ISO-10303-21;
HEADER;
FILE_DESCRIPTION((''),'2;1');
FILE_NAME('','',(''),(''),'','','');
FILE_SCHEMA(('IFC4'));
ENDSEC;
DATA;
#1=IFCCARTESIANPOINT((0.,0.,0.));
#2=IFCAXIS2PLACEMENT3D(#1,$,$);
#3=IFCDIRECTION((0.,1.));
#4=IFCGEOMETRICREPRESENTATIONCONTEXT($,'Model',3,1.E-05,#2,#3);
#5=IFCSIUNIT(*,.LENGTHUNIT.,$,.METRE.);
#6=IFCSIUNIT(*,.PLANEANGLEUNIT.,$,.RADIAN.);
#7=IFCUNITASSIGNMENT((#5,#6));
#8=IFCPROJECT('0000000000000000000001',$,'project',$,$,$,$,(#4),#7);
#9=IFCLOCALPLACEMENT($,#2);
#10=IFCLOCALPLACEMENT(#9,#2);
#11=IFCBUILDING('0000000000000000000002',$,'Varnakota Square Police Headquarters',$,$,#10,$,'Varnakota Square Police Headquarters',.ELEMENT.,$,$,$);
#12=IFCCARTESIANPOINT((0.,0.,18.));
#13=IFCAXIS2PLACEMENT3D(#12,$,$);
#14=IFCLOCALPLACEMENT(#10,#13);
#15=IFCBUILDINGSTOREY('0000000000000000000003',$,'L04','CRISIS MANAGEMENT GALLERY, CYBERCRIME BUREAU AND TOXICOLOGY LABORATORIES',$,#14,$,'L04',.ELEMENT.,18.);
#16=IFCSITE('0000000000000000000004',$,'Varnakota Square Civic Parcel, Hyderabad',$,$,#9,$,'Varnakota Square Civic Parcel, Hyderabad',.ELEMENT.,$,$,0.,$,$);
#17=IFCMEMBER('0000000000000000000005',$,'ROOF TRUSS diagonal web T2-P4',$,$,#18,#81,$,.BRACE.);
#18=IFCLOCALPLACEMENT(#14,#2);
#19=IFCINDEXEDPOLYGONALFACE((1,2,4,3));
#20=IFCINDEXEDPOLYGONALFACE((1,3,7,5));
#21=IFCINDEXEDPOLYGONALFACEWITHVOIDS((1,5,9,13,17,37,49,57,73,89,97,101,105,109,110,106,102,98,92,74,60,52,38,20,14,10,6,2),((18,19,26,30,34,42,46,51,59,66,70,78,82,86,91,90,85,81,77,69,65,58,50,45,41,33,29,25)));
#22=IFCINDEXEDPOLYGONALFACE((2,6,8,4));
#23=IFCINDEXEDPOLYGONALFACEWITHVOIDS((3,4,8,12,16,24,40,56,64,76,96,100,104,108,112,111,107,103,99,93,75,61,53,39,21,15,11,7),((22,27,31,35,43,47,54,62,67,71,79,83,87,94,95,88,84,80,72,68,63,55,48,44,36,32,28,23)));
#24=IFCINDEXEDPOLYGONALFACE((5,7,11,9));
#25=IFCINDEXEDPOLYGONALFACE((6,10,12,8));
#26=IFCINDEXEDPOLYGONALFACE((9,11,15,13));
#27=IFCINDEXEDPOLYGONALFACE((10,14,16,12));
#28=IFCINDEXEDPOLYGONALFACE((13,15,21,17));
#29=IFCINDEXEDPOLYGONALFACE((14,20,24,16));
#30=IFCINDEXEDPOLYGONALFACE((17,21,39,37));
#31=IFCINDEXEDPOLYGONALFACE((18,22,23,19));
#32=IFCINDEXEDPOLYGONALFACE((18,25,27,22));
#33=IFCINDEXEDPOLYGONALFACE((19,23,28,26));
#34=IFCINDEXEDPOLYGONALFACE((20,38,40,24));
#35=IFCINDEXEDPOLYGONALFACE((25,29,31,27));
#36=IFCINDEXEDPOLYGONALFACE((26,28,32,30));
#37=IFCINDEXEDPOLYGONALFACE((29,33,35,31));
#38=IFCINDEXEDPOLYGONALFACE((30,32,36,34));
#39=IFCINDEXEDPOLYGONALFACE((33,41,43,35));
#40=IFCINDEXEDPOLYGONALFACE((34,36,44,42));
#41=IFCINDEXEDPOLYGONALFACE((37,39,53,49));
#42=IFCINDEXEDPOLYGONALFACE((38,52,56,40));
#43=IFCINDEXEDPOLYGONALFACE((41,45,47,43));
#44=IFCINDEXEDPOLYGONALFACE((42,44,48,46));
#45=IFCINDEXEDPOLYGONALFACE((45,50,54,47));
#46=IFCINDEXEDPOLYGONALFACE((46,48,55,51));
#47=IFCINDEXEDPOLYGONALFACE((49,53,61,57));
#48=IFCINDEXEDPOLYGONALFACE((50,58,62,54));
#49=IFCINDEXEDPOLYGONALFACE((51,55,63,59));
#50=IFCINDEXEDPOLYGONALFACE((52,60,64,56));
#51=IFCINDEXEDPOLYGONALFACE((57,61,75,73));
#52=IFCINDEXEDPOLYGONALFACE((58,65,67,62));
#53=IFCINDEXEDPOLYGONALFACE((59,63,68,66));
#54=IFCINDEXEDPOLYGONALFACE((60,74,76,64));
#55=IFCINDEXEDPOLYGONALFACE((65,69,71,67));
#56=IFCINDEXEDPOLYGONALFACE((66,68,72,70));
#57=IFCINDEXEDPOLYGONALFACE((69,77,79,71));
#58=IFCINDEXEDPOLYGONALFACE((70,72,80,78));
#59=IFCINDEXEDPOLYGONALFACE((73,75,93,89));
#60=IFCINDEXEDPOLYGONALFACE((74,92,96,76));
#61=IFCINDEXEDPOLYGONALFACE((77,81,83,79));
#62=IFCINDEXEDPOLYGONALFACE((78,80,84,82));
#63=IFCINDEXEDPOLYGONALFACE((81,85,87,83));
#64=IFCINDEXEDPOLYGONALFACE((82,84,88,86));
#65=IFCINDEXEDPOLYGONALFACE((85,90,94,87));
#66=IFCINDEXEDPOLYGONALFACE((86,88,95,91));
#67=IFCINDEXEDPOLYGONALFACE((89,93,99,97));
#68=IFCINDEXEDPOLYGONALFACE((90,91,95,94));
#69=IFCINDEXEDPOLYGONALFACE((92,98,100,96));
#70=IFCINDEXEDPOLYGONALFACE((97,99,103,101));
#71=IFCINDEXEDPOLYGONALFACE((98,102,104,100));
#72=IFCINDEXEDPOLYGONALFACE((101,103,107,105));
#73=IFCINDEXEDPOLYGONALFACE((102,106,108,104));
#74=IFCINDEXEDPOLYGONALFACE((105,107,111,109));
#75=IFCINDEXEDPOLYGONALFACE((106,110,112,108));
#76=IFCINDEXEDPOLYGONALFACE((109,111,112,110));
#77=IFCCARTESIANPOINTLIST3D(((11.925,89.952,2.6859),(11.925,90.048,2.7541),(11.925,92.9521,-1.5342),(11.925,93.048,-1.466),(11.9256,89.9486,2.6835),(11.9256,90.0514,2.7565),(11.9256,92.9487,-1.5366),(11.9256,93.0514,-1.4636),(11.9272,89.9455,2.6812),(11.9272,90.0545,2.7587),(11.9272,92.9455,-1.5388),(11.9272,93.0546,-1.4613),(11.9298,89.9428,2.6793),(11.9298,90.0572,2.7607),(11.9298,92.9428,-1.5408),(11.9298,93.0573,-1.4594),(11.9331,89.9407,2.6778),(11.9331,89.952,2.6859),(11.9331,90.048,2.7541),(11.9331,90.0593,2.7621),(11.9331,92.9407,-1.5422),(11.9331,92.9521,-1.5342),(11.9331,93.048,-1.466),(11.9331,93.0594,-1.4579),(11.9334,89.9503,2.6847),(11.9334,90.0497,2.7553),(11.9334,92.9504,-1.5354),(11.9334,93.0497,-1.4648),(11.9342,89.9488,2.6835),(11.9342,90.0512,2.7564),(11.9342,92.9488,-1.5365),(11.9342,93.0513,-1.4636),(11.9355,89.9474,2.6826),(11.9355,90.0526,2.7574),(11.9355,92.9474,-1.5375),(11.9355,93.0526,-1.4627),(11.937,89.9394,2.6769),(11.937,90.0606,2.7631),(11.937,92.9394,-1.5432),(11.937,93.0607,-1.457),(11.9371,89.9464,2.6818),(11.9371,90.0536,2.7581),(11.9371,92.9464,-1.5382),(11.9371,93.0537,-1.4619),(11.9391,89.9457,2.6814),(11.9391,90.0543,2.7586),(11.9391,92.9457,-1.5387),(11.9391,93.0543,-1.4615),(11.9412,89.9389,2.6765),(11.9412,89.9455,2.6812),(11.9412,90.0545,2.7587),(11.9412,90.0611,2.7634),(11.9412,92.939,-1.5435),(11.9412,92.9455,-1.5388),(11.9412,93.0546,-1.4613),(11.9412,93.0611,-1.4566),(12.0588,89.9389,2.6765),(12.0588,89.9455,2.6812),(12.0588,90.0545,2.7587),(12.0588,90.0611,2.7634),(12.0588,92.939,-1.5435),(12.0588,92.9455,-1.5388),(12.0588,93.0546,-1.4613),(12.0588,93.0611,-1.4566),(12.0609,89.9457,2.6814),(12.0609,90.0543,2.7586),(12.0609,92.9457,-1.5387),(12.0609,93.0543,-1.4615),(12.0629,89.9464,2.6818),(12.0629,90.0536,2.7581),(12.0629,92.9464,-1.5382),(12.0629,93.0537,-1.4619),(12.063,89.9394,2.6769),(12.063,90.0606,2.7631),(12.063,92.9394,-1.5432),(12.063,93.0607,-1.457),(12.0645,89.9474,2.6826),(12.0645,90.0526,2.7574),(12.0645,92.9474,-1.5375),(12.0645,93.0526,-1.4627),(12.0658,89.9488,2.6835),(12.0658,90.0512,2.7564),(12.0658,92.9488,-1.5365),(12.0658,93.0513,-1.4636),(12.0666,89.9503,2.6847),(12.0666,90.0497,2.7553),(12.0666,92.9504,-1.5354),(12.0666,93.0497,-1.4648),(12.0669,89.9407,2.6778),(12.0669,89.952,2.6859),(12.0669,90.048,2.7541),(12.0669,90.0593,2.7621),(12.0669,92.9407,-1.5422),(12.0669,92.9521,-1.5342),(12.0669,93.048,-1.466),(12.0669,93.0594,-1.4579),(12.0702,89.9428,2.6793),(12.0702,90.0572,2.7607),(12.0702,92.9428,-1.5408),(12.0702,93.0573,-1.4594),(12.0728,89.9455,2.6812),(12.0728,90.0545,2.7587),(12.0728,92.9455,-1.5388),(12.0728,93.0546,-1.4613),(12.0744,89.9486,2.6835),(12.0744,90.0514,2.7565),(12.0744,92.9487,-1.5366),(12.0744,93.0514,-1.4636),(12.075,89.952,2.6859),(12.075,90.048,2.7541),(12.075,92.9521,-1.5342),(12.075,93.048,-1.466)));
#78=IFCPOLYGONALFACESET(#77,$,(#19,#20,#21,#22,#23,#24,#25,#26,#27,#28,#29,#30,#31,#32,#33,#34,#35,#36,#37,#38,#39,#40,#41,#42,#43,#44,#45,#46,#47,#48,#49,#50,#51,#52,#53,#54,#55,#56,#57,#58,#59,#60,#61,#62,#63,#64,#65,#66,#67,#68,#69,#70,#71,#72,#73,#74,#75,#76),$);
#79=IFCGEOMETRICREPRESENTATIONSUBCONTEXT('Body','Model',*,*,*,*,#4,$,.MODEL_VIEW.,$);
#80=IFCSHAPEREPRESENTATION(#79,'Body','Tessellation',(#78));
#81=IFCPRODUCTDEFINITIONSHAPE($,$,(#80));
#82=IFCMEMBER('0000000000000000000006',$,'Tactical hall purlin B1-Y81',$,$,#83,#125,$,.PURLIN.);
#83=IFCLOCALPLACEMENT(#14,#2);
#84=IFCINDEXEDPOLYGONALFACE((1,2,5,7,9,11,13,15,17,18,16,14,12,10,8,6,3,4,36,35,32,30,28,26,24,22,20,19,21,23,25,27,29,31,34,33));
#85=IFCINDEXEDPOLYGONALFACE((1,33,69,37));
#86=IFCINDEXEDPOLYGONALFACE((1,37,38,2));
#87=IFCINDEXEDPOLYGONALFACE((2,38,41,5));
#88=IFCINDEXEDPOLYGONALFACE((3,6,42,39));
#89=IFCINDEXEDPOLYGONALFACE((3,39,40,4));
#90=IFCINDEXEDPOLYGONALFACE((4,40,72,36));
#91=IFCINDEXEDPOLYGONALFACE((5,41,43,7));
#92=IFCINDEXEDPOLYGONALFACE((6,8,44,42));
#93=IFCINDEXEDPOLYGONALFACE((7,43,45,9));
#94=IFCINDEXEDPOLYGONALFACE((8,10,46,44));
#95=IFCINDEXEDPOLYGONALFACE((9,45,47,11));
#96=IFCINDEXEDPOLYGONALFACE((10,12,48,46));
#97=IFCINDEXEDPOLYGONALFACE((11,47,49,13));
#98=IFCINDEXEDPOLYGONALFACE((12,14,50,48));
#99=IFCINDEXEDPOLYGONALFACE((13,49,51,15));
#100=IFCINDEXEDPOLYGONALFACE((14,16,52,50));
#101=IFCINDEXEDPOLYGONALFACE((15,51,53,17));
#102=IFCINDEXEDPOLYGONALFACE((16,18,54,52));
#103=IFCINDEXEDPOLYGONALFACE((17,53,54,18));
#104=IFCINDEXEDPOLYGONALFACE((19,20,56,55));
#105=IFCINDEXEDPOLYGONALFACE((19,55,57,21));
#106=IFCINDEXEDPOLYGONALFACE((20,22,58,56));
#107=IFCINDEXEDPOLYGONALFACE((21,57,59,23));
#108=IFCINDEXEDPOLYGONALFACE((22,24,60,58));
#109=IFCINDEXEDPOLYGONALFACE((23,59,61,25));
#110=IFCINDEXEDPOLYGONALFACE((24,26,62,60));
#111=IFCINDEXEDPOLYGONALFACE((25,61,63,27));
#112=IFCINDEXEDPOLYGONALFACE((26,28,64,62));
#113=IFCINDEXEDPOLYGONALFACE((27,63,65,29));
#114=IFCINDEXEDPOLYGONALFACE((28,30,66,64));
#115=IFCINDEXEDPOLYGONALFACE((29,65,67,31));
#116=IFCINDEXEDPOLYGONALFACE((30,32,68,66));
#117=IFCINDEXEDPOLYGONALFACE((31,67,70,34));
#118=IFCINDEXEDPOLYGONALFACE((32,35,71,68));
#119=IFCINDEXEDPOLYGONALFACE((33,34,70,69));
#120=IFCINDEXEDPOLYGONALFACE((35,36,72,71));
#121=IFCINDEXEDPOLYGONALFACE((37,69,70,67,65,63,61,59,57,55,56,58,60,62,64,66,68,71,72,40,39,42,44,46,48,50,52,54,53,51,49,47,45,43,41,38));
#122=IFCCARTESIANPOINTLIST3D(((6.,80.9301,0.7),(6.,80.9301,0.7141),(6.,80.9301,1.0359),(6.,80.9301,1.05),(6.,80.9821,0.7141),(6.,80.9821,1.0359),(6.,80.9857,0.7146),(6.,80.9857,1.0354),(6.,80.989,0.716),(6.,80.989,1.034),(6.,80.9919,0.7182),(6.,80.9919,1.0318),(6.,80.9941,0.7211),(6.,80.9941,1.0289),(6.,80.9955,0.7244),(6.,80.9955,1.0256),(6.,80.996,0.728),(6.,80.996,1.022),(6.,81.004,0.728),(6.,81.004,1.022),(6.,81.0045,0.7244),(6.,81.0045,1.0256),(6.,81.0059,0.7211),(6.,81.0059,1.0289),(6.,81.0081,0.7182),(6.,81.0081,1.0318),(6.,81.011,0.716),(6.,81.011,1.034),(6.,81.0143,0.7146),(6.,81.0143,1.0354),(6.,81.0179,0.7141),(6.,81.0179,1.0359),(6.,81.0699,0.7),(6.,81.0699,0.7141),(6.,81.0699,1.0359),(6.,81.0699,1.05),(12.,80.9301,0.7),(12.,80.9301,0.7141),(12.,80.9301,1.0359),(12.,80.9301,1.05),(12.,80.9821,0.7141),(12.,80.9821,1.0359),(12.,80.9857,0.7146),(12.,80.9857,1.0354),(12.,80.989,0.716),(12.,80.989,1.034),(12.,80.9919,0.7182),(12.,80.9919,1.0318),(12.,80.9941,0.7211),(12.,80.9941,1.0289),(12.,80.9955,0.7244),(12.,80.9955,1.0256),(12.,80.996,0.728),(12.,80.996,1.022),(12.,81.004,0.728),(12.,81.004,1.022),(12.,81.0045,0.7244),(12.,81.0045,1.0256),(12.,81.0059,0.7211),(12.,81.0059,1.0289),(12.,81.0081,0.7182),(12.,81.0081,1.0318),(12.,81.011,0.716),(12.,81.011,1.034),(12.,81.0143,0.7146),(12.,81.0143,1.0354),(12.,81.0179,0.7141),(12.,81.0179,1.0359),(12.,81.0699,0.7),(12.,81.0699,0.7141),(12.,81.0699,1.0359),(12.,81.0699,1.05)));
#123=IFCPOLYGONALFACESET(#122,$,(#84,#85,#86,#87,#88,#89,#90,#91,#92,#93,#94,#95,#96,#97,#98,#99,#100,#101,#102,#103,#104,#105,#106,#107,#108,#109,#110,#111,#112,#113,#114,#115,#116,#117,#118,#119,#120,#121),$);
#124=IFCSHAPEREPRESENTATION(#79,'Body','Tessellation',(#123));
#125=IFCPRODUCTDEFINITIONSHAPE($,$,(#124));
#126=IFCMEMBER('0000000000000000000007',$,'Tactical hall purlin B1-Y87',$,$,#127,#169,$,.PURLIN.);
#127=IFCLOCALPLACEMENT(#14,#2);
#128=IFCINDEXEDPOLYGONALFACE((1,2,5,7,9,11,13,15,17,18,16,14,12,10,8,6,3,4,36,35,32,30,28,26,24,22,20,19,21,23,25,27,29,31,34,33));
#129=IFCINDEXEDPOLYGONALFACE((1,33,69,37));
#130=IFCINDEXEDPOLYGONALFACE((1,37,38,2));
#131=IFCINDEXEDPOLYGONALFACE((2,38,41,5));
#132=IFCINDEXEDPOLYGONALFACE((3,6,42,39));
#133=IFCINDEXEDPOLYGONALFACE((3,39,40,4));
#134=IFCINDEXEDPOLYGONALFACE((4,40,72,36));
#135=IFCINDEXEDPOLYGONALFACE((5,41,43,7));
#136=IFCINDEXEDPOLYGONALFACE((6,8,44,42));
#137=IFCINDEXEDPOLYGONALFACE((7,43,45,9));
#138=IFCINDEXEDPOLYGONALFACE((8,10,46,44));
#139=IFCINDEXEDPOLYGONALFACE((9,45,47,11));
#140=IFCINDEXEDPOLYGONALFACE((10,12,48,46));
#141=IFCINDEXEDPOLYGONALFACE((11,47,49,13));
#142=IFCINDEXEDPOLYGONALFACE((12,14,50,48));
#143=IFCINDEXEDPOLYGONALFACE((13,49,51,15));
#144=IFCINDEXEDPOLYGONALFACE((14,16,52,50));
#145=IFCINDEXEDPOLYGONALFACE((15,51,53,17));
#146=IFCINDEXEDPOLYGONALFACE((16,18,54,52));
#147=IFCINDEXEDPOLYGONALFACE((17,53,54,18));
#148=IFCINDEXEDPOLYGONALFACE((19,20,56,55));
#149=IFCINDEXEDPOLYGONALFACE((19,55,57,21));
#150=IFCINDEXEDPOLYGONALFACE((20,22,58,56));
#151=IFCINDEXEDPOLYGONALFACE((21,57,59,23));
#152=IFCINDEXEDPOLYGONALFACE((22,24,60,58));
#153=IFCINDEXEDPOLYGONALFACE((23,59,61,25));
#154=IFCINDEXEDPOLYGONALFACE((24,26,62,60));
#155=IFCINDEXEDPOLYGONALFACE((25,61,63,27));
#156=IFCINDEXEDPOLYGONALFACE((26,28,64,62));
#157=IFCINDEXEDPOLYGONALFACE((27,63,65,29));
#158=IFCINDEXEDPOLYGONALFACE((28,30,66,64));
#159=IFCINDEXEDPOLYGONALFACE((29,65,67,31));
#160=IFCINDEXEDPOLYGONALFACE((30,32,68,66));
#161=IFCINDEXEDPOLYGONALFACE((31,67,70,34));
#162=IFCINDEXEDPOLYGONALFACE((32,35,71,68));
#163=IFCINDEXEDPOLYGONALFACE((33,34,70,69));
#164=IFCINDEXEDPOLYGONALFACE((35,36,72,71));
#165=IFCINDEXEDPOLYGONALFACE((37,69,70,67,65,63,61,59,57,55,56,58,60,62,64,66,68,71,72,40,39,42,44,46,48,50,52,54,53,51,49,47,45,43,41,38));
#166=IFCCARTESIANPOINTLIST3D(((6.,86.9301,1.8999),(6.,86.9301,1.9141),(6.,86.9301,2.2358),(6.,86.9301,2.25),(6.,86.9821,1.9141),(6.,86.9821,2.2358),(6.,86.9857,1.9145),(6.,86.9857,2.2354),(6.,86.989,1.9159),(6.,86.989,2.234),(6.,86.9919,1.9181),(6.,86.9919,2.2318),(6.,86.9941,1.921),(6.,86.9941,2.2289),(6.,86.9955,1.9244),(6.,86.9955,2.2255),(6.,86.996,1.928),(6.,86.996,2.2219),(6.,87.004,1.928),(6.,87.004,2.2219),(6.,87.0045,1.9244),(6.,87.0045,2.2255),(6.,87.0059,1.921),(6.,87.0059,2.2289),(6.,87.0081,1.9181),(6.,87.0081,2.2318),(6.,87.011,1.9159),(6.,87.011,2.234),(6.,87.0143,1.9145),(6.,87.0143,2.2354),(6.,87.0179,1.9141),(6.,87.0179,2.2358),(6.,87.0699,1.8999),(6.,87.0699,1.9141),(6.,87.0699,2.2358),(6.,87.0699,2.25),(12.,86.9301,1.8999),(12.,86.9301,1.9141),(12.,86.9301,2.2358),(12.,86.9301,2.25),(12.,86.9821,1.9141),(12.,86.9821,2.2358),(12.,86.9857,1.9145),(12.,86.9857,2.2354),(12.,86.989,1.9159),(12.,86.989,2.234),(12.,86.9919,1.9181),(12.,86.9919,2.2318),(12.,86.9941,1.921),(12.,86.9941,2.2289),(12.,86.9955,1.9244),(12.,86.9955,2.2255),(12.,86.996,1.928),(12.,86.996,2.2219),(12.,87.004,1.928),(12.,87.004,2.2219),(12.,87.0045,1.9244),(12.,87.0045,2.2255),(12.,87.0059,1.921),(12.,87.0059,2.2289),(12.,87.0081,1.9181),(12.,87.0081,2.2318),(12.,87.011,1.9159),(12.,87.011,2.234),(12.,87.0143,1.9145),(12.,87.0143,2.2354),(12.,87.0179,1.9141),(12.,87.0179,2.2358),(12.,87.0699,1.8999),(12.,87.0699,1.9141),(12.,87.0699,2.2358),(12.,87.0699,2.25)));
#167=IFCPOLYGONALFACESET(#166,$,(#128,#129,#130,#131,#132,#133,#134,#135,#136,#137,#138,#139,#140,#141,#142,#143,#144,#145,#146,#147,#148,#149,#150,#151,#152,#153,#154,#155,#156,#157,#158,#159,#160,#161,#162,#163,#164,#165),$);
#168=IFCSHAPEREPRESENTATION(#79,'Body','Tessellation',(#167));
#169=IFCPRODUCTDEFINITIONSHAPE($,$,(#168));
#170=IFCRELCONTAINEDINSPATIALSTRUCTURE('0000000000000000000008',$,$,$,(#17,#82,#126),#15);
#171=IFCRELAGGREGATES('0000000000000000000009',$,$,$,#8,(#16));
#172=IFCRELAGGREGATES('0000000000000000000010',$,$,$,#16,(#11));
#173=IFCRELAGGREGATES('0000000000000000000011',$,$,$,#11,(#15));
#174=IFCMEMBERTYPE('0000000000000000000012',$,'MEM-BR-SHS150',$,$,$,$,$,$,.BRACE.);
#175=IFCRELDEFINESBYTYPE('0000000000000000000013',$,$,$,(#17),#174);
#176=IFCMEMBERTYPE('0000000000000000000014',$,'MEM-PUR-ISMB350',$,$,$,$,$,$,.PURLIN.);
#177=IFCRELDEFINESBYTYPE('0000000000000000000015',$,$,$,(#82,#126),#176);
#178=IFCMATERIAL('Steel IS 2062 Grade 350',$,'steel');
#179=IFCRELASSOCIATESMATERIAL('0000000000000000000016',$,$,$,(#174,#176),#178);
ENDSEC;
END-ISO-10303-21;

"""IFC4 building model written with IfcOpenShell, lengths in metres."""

from ifc_helpers import new_model, si_unit, direction, frame, origin, origin_2d, place, context, subcontext, project, spatial, hollow_rectangle, i_section, extrude, material, material_profile, profile_set, type_object, element, save


model = new_model("IFC4")

# Units and contexts
model_context = context("Model", 3, precision=1e-05, world=origin(), true_north=direction((0.0, 1.0)))
body_context = subcontext(model_context, "Body", "Model", "MODEL_VIEW")
ifc_project = project(units=[si_unit("LENGTHUNIT", "METRE"), si_unit("PLANEANGLEUNIT", "RADIAN")], contexts=[model_context])

# Site, building, storey
site_placement = place(None, origin())
site = spatial("IfcSite", under=ifc_project, at=site_placement, Name="Varnakota Square Civic Parcel, Hyderabad", LongName="Varnakota Square Civic Parcel, Hyderabad", CompositionType="ELEMENT", RefElevation=0.0)
building_placement = place(site_placement, origin())
building = spatial("IfcBuilding", under=site, at=building_placement, Name="Varnakota Square Police Headquarters", LongName="Varnakota Square Police Headquarters", CompositionType="ELEMENT")
storey_placement = place(building_placement, frame((0.0, 0.0, 18.0)))
storey = spatial("IfcBuildingStorey", under=building, at=storey_placement, Name="L04", Description="CRISIS MANAGEMENT GALLERY, CYBERCRIME BUREAU AND TOXICOLOGY LABORATORIES", LongName="L04", CompositionType="ELEMENT", Elevation=18.0)

# Shared definitions
ifc_material_1 = material(Name="Steel IS 2062 Grade 350", Category="steel")

# Members
ifc_material_profile_1 = material_profile(ifc_material_1, hollow_rectangle(XDim=0.1499, YDim=0.1499, WallThickness=0.0081, InnerFilletRadius=0.0081, OuterFilletRadius=0.0161, at=origin_2d()), Name="SHS 150x150x8")
ifc_profile_set_1 = profile_set([ifc_material_profile_1], Name="Steel IS 2062 Grade 350")
member_type_1 = type_object("IfcMemberType", Name="MEM-BR-SHS150", PredefinedType="BRACE", material=ifc_profile_set_1)
for number, where, z_axis, x_axis, name in (
    (1, (12.0, 90.0, 2.72), (0.0, 0.579412, -0.815034), (-1.0, 0.0, 0.0), "ROOF TRUSS diagonal web T2-P4"),
):
    element("IfcMember", number, at=place(storey_placement, frame(where, z_axis=z_axis, x_axis=x_axis)), inside=storey, type_object=member_type_1, Name=name, PredefinedType="BRACE", context=body_context, shape_type="SweptSolid", body=[
        extrude(hollow_rectangle(XDim=0.1499, YDim=0.1499, WallThickness=0.0081, InnerFilletRadius=0.0081, OuterFilletRadius=0.0161, at=origin_2d()), origin(), (0.0, 0.0, 1.0), 5.1777),
    ])
ifc_material_profile_2 = material_profile(ifc_material_1, i_section(OverallWidth=0.1399, OverallDepth=0.3501, WebThickness=0.0081, FlangeThickness=0.0142, FilletRadius=0.0139, at=origin_2d()), Name="ISMB 350")
ifc_profile_set_2 = profile_set([ifc_material_profile_2], Name="Steel IS 2062 Grade 350")
member_type_2 = type_object("IfcMemberType", Name="MEM-PUR-ISMB350", PredefinedType="PURLIN", material=ifc_profile_set_2)
for number, where, z_axis, x_axis, name in (
    (2, (6.0, 81.0, 0.875), (1.0, 0.0, 0.0), (0.0, 1.0, 0.0), "Tactical hall purlin B1-Y81"),
    (3, (6.0, 87.0, 2.075), (1.0, 0.0, 0.0), (0.0, 1.0, 0.0), "Tactical hall purlin B1-Y87"),
):
    element("IfcMember", number, at=place(storey_placement, frame(where, z_axis=z_axis, x_axis=x_axis)), inside=storey, type_object=member_type_2, Name=name, PredefinedType="PURLIN", context=body_context, shape_type="SweptSolid", body=[
        extrude(i_section(OverallWidth=0.1399, OverallDepth=0.3501, WebThickness=0.0081, FlangeThickness=0.0142, FilletRadius=0.0139, at=origin_2d()), origin(), (0.0, 0.0, 1.0), 6.0),
    ])

save(model, "model.ifc")
